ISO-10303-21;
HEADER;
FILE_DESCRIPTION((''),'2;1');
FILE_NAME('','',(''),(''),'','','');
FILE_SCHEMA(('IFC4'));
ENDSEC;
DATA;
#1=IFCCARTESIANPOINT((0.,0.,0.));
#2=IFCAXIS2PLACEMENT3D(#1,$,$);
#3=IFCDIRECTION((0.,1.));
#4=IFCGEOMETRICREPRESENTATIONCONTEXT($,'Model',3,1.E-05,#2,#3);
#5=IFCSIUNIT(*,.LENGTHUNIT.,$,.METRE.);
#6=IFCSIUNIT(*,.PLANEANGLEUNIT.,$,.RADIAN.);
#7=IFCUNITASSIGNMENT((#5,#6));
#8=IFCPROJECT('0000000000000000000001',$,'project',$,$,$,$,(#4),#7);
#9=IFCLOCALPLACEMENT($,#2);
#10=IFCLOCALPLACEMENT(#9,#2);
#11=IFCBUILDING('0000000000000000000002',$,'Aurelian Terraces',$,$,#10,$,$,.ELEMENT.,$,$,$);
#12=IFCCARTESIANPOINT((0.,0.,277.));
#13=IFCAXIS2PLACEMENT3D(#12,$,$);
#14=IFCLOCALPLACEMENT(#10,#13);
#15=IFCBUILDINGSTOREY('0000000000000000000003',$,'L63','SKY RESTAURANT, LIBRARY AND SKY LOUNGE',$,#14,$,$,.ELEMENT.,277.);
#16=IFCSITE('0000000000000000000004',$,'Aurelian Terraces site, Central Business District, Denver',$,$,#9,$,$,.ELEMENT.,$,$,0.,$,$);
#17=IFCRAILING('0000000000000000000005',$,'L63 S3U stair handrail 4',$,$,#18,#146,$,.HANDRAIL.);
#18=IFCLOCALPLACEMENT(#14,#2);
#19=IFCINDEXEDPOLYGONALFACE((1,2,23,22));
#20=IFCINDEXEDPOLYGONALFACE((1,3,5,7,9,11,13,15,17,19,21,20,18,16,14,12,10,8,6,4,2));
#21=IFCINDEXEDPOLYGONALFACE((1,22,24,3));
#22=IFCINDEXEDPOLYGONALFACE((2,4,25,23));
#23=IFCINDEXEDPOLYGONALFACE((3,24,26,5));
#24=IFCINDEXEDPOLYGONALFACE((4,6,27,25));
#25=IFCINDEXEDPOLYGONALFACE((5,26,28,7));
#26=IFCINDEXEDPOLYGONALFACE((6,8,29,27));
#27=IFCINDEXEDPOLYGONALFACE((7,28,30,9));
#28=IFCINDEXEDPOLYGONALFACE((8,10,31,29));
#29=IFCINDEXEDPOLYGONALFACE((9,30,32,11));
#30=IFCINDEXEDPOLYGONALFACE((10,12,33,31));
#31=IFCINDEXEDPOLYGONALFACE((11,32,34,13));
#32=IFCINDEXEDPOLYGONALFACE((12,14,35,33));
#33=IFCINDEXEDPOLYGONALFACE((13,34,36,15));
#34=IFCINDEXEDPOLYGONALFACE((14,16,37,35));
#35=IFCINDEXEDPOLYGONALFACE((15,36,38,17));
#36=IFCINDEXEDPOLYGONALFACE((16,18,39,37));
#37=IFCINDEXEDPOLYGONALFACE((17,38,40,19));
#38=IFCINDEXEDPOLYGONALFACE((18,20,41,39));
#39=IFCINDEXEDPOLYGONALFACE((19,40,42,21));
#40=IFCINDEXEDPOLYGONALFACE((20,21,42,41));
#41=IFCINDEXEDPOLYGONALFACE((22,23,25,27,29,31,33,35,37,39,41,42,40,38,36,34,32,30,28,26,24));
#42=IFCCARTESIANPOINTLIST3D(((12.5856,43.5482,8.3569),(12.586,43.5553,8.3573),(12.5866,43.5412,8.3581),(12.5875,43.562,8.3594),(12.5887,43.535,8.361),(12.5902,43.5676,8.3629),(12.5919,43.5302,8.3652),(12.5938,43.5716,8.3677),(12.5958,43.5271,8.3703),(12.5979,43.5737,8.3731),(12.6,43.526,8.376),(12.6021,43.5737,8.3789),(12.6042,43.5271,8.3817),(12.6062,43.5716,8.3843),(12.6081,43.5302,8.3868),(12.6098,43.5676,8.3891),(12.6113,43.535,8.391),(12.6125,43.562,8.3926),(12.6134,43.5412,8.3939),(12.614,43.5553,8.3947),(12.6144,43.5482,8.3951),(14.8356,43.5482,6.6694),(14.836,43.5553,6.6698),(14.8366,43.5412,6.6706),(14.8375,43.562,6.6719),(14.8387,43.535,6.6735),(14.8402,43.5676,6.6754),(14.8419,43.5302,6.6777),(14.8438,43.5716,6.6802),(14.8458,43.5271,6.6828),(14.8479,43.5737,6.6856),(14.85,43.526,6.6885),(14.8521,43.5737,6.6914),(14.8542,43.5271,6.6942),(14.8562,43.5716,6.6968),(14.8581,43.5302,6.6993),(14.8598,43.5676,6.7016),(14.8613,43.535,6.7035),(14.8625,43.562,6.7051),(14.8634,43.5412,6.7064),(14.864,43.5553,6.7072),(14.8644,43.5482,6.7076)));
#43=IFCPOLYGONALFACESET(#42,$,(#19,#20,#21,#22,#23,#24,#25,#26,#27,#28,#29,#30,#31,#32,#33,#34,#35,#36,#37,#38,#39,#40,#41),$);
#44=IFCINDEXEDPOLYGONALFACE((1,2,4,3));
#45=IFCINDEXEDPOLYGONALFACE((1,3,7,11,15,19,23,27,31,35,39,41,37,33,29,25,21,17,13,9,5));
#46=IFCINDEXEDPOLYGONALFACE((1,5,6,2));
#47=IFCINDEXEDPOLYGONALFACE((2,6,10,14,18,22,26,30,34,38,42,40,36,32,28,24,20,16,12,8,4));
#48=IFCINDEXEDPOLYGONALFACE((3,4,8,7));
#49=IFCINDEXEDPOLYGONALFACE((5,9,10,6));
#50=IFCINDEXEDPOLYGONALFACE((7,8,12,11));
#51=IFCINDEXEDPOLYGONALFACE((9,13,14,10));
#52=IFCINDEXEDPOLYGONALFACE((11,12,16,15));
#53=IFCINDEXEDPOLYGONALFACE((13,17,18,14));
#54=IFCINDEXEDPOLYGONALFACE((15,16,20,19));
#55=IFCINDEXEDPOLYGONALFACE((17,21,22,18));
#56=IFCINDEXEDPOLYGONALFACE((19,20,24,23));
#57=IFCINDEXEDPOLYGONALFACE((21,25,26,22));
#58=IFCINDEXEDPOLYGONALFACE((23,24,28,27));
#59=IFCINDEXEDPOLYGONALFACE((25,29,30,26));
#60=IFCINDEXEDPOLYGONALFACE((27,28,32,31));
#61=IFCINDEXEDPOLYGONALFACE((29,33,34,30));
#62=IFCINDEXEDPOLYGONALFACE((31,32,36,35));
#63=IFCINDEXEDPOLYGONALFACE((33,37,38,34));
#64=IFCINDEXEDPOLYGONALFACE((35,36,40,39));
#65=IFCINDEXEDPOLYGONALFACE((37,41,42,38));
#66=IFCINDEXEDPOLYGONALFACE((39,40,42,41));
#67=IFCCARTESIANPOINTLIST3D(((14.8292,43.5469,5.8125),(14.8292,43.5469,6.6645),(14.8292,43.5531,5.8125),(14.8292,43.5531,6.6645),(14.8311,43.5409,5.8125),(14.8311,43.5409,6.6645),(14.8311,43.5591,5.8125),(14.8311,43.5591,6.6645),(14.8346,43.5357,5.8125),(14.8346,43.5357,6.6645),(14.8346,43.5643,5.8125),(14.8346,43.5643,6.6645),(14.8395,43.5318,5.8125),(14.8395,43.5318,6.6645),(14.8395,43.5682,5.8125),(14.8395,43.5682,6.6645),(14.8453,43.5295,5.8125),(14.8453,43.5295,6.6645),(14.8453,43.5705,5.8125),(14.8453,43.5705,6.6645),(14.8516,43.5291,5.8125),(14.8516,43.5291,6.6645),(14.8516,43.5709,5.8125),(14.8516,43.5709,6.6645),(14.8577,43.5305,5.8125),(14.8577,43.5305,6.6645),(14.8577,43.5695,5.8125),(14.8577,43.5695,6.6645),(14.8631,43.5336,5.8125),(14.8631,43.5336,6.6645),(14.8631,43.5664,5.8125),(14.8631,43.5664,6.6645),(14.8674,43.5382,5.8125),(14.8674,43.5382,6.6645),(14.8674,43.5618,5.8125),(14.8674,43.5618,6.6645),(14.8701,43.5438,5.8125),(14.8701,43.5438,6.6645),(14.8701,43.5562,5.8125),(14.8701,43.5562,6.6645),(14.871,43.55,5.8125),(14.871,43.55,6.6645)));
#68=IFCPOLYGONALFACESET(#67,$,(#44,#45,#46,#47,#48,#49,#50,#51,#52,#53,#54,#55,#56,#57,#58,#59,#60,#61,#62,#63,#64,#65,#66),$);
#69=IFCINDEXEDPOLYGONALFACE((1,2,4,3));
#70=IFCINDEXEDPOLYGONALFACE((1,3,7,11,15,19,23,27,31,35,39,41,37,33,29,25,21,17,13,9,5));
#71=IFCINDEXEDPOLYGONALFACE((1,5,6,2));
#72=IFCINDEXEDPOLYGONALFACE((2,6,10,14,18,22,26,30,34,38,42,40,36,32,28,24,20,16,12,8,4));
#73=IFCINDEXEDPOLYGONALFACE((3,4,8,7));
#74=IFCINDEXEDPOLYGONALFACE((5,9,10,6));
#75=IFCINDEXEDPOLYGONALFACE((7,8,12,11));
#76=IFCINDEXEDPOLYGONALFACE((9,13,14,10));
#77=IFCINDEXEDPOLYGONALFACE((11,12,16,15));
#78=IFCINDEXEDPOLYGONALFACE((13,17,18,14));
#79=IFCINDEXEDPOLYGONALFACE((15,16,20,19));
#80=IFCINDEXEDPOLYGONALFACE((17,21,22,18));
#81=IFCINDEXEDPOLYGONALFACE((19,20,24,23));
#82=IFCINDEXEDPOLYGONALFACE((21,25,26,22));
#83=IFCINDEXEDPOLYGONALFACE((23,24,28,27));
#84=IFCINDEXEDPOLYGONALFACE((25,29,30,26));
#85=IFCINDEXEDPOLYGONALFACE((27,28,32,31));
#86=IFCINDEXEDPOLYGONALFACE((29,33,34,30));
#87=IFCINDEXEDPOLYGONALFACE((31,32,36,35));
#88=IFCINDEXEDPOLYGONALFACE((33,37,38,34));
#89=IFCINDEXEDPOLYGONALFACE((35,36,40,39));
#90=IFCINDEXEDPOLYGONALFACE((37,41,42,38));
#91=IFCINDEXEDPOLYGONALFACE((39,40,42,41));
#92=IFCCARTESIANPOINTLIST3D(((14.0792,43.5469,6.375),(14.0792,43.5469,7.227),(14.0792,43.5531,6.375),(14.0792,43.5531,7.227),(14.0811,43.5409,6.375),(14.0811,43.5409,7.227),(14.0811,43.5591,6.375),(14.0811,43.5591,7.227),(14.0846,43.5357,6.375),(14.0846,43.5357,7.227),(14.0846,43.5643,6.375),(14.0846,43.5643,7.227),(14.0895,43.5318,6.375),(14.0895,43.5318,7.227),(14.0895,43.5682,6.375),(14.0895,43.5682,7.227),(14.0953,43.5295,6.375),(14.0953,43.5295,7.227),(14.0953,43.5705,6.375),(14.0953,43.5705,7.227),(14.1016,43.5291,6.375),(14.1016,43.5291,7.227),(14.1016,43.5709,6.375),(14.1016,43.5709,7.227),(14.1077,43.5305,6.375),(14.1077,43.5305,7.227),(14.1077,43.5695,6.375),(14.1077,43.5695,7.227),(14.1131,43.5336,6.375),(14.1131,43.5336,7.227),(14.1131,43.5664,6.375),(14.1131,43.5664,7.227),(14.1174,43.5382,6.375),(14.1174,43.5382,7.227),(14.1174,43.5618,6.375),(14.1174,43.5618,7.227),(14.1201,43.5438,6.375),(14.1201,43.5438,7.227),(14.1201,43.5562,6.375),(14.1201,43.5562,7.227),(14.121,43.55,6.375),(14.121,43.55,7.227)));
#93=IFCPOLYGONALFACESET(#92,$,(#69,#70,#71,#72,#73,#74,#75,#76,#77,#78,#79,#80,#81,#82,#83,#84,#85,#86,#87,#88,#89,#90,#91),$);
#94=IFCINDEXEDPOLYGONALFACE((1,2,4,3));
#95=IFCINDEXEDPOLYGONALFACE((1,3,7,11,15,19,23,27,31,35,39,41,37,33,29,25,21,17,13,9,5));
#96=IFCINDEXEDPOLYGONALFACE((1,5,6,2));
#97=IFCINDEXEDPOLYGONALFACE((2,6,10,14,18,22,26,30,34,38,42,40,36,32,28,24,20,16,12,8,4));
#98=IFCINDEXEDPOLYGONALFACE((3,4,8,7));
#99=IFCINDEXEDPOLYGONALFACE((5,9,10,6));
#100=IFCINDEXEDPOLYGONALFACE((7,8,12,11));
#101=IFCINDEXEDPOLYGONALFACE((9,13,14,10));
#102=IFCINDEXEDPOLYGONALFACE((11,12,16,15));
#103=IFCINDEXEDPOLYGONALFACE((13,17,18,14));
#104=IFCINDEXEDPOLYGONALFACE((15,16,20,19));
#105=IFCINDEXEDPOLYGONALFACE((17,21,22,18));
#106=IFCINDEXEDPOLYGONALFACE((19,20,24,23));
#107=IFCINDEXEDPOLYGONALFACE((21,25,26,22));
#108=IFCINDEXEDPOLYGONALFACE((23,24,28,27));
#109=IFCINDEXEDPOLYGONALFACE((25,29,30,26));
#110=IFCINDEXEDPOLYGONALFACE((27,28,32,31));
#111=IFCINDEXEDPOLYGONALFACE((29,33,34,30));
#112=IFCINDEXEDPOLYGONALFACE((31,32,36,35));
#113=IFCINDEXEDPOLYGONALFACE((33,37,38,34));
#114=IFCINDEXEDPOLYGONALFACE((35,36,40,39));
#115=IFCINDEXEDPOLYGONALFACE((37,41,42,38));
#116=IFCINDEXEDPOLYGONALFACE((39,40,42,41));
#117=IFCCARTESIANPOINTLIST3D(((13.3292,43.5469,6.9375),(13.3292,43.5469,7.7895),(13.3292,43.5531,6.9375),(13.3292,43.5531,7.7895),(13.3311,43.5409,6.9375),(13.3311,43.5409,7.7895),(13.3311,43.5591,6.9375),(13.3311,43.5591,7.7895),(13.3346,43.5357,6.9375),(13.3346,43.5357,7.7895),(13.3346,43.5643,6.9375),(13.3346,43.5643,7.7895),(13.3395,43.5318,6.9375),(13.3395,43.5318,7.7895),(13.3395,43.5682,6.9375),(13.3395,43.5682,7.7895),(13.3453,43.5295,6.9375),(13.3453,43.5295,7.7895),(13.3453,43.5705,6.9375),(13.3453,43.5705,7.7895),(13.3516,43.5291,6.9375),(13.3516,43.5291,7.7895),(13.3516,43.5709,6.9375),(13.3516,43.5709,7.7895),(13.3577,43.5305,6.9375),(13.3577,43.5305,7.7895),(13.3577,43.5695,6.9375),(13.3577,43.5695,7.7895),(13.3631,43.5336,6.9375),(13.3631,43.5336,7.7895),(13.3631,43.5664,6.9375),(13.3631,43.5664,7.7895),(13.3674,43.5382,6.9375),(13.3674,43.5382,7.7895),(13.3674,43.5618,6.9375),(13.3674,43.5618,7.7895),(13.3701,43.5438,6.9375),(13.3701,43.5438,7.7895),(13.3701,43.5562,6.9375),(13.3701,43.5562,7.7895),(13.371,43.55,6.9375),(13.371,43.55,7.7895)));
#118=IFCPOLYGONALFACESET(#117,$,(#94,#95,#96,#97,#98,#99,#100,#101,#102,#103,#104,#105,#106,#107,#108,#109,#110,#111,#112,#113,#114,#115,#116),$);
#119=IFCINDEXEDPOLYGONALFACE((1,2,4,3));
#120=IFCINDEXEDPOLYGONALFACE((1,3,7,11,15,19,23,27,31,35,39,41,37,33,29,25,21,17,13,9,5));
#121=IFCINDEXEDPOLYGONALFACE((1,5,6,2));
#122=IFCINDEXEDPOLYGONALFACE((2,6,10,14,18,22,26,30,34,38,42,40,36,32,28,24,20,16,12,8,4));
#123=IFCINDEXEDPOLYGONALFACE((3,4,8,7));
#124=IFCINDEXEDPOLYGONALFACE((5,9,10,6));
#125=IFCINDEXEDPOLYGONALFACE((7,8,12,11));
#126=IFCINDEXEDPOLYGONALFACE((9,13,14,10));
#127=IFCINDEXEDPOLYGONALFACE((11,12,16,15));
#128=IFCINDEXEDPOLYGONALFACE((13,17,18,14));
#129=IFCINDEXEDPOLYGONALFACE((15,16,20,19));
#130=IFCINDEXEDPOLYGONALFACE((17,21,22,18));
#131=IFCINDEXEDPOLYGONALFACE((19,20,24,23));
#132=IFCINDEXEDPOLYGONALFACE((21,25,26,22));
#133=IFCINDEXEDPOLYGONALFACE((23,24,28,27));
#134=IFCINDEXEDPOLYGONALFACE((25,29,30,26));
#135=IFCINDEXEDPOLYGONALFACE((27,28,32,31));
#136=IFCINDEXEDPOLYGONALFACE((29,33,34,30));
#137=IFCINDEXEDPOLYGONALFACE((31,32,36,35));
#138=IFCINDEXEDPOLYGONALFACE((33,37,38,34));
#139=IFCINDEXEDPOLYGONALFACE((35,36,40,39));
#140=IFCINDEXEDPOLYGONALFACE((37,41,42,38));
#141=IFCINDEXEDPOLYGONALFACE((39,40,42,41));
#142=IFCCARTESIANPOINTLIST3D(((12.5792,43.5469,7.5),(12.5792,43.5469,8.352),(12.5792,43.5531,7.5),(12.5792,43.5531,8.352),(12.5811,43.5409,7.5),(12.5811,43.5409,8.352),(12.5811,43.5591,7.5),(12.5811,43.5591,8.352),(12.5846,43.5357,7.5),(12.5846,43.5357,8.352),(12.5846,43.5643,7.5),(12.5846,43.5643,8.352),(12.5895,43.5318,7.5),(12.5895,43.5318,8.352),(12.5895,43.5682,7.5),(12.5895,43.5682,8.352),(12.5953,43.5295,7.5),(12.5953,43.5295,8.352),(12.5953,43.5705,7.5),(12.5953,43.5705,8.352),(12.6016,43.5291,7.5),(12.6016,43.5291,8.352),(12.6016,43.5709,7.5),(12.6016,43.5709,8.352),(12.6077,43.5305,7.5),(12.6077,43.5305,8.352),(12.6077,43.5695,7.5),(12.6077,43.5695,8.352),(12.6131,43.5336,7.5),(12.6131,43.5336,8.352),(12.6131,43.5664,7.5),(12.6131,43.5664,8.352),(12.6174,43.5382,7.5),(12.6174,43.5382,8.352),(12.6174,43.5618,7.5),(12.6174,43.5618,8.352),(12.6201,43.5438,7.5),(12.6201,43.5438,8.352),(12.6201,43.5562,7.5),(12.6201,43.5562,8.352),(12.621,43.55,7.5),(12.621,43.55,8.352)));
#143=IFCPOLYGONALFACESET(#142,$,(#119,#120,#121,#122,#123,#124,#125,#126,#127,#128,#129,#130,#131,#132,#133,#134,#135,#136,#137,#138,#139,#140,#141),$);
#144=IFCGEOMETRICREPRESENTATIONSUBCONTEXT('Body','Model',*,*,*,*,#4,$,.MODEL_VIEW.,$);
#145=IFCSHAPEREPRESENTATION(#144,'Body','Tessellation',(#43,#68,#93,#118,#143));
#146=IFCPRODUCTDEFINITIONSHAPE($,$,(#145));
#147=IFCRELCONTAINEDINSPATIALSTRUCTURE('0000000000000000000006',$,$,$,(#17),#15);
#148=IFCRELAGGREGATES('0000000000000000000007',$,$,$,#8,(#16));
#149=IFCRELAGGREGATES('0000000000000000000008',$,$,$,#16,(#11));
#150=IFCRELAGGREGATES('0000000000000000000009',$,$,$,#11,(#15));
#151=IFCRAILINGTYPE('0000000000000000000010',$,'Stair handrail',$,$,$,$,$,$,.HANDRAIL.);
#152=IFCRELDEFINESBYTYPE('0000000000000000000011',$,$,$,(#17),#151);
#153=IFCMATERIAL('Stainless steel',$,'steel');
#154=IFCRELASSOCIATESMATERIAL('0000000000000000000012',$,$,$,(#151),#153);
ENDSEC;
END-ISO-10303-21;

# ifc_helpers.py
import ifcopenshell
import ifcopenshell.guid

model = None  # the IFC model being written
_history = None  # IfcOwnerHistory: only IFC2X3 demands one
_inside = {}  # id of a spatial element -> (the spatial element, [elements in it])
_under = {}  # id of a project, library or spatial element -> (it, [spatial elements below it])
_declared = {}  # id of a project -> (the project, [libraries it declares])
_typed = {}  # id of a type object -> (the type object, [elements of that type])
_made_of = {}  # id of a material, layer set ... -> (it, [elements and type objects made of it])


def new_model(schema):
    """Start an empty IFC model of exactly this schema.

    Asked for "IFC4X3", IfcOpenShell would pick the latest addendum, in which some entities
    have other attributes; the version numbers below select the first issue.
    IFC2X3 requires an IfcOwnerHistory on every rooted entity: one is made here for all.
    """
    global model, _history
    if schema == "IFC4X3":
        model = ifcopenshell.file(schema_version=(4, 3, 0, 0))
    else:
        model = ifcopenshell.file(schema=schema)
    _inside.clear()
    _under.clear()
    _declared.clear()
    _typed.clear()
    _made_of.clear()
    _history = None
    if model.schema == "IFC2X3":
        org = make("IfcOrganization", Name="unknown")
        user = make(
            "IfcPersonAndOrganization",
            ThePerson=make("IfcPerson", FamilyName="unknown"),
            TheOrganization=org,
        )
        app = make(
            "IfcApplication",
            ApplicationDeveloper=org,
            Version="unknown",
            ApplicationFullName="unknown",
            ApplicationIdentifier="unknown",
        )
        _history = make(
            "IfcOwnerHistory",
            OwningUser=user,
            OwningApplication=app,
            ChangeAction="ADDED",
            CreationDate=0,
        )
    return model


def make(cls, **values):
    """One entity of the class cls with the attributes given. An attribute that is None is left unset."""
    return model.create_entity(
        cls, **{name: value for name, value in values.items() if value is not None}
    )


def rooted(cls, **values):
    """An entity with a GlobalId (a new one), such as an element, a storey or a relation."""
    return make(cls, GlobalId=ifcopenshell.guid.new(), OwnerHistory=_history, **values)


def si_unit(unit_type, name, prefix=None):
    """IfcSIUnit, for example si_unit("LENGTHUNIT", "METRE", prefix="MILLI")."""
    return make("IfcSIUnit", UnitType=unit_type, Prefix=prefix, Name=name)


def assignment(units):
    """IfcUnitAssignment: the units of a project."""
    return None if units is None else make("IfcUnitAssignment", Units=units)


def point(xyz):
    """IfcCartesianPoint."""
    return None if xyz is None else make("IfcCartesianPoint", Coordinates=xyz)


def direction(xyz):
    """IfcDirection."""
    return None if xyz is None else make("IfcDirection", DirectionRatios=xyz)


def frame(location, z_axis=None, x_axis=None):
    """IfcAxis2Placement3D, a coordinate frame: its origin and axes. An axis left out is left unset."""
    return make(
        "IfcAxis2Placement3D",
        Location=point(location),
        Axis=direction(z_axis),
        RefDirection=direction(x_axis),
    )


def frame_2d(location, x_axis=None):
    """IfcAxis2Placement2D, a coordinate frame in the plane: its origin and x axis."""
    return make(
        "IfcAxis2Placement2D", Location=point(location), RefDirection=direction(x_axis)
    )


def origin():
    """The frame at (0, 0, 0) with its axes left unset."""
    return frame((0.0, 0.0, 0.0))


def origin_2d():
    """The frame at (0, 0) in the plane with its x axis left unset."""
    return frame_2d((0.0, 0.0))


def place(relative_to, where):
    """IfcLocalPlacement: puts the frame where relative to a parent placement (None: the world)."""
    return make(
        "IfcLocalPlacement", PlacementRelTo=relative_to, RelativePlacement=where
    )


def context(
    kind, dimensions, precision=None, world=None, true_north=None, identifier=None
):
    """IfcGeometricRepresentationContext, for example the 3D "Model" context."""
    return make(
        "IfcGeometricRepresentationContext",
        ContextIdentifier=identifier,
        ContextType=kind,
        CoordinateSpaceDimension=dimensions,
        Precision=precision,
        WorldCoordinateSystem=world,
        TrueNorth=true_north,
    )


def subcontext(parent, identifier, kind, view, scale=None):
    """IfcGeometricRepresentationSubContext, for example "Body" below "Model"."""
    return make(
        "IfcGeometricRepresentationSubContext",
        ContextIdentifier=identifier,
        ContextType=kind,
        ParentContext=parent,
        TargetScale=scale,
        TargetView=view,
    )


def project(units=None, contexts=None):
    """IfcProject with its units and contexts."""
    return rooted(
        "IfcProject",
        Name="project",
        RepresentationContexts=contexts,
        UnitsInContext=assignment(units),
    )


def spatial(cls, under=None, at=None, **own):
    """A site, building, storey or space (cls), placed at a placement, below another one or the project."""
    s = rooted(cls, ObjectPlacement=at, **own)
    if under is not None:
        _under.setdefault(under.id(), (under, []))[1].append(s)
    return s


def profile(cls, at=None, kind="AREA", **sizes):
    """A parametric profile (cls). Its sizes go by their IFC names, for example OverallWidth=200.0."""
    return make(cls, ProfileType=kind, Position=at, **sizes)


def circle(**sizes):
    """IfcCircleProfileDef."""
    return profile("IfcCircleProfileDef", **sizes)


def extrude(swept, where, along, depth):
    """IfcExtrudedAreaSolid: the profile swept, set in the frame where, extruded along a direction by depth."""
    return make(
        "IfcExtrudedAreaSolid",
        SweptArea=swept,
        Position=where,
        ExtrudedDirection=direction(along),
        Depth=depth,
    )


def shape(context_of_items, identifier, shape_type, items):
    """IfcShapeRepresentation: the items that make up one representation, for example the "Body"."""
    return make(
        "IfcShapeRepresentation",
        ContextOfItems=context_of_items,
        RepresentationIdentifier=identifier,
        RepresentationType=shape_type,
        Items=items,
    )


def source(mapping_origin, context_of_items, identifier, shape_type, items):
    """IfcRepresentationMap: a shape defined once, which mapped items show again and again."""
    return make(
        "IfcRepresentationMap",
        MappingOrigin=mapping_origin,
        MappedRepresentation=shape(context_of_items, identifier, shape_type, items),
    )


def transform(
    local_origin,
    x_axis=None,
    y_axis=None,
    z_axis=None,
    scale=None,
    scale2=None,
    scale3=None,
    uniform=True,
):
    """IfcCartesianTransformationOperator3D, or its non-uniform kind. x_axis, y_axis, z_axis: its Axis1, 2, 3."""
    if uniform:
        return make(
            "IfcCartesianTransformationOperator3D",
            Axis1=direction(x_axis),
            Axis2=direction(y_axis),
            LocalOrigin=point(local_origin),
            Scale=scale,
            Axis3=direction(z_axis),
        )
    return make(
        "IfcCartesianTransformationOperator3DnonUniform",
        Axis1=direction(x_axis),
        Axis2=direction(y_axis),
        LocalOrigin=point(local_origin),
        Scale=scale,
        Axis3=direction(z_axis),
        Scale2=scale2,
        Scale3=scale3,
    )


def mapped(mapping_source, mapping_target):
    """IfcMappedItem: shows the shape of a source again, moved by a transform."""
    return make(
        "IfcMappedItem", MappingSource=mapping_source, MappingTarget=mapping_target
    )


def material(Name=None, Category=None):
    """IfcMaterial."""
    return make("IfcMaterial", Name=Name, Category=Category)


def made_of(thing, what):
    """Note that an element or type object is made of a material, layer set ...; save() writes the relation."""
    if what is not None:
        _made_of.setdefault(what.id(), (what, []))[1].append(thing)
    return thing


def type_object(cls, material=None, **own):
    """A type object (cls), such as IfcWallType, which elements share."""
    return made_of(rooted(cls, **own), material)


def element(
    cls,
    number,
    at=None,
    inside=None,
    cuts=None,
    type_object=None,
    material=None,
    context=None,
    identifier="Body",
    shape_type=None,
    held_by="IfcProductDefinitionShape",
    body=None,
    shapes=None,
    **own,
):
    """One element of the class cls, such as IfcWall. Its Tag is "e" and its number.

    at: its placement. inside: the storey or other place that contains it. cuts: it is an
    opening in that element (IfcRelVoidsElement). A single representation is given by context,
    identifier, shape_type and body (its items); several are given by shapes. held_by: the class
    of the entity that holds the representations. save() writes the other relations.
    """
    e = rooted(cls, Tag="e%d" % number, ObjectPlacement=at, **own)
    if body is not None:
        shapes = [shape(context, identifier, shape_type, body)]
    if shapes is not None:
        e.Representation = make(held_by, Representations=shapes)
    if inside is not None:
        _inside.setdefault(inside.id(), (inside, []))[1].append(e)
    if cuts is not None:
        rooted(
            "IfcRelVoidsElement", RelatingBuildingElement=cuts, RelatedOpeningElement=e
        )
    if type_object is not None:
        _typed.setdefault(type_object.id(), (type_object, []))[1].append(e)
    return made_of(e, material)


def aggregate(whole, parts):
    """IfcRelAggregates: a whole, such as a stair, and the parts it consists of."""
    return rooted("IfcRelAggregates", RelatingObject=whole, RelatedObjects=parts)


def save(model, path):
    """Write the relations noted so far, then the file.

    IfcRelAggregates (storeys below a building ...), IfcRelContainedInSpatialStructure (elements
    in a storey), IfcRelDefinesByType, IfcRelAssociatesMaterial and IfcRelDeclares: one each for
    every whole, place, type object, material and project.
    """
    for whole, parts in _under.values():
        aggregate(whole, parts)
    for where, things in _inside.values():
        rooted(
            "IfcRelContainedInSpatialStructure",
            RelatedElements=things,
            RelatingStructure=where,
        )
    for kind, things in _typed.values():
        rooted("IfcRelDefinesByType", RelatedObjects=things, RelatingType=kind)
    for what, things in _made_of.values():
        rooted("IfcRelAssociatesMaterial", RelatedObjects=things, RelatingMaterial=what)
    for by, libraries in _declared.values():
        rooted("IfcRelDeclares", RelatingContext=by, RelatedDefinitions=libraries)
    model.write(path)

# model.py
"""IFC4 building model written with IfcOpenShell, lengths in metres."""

from ifc_helpers import new_model, si_unit, direction, frame, origin, origin_2d, place, context, subcontext, project, spatial, circle, extrude, source, transform, mapped, material, type_object, element, save


model = new_model("IFC4")

# Units and contexts
model_context = context("Model", 3, precision=1e-05, world=origin(), true_north=direction((0.0, 1.0)))
body_context = subcontext(model_context, "Body", "Model", "MODEL_VIEW")
ifc_project = project(units=[si_unit("LENGTHUNIT", "METRE"), si_unit("PLANEANGLEUNIT", "RADIAN")], contexts=[model_context])

# Site, building, storey
site_placement = place(None, origin())
site = spatial("IfcSite", under=ifc_project, at=site_placement, Name="Aurelian Terraces site, Central Business District, Denver", CompositionType="ELEMENT", RefElevation=0.0)
building_placement = place(site_placement, origin())
building = spatial("IfcBuilding", under=site, at=building_placement, Name="Aurelian Terraces", CompositionType="ELEMENT")
storey_placement = place(building_placement, frame((0.0, 0.0, 277.0)))
storey = spatial("IfcBuildingStorey", under=building, at=storey_placement, Name="L63", Description="SKY RESTAURANT, LIBRARY AND SKY LOUNGE", CompositionType="ELEMENT", Elevation=277.0)

# Railing
ifc_material_1 = material(Name="Stainless steel", Category="steel")
railing_type_1 = type_object("IfcRailingType", Name="Stair handrail", PredefinedType="HANDRAIL", material=ifc_material_1)
shared_shape_1 = source(origin(), body_context, "Body", "SweptSolid", [
    extrude(circle(Radius=0.024, at=origin_2d()), frame((0.0, 0.0, 0.876), z_axis=(-0.8, 0.0, 0.6), x_axis=(0.0, -1.0, 0.0)), (0.0, 0.0, 1.0), 2.8125),
    extrude(circle(Radius=0.021, at=origin_2d()), origin(), (0.0, 0.0, 1.0), 0.852),
    extrude(circle(Radius=0.021, at=origin_2d()), frame((-0.75, 0.0, 0.5625)), (0.0, 0.0, 1.0), 0.852),
    extrude(circle(Radius=0.021, at=origin_2d()), frame((-1.5, 0.0, 1.125)), (0.0, 0.0, 1.0), 0.852),
    extrude(circle(Radius=0.021, at=origin_2d()), frame((-2.25, 0.0, 1.6875)), (0.0, 0.0, 1.0), 0.852),
])
for number, where, name in (
    (1, (14.85, 43.55, 5.8125), "L63 S3U stair handrail 4"),
):
    element("IfcRailing", number, at=place(storey_placement, frame(where)), inside=storey, type_object=railing_type_1, Name=name, PredefinedType="HANDRAIL", context=body_context, shape_type="MappedRepresentation", body=[
        mapped(shared_shape_1, transform((0.0, 0.0, 0.0), scale=1.0)),
    ])

save(model, "model.ifc")
